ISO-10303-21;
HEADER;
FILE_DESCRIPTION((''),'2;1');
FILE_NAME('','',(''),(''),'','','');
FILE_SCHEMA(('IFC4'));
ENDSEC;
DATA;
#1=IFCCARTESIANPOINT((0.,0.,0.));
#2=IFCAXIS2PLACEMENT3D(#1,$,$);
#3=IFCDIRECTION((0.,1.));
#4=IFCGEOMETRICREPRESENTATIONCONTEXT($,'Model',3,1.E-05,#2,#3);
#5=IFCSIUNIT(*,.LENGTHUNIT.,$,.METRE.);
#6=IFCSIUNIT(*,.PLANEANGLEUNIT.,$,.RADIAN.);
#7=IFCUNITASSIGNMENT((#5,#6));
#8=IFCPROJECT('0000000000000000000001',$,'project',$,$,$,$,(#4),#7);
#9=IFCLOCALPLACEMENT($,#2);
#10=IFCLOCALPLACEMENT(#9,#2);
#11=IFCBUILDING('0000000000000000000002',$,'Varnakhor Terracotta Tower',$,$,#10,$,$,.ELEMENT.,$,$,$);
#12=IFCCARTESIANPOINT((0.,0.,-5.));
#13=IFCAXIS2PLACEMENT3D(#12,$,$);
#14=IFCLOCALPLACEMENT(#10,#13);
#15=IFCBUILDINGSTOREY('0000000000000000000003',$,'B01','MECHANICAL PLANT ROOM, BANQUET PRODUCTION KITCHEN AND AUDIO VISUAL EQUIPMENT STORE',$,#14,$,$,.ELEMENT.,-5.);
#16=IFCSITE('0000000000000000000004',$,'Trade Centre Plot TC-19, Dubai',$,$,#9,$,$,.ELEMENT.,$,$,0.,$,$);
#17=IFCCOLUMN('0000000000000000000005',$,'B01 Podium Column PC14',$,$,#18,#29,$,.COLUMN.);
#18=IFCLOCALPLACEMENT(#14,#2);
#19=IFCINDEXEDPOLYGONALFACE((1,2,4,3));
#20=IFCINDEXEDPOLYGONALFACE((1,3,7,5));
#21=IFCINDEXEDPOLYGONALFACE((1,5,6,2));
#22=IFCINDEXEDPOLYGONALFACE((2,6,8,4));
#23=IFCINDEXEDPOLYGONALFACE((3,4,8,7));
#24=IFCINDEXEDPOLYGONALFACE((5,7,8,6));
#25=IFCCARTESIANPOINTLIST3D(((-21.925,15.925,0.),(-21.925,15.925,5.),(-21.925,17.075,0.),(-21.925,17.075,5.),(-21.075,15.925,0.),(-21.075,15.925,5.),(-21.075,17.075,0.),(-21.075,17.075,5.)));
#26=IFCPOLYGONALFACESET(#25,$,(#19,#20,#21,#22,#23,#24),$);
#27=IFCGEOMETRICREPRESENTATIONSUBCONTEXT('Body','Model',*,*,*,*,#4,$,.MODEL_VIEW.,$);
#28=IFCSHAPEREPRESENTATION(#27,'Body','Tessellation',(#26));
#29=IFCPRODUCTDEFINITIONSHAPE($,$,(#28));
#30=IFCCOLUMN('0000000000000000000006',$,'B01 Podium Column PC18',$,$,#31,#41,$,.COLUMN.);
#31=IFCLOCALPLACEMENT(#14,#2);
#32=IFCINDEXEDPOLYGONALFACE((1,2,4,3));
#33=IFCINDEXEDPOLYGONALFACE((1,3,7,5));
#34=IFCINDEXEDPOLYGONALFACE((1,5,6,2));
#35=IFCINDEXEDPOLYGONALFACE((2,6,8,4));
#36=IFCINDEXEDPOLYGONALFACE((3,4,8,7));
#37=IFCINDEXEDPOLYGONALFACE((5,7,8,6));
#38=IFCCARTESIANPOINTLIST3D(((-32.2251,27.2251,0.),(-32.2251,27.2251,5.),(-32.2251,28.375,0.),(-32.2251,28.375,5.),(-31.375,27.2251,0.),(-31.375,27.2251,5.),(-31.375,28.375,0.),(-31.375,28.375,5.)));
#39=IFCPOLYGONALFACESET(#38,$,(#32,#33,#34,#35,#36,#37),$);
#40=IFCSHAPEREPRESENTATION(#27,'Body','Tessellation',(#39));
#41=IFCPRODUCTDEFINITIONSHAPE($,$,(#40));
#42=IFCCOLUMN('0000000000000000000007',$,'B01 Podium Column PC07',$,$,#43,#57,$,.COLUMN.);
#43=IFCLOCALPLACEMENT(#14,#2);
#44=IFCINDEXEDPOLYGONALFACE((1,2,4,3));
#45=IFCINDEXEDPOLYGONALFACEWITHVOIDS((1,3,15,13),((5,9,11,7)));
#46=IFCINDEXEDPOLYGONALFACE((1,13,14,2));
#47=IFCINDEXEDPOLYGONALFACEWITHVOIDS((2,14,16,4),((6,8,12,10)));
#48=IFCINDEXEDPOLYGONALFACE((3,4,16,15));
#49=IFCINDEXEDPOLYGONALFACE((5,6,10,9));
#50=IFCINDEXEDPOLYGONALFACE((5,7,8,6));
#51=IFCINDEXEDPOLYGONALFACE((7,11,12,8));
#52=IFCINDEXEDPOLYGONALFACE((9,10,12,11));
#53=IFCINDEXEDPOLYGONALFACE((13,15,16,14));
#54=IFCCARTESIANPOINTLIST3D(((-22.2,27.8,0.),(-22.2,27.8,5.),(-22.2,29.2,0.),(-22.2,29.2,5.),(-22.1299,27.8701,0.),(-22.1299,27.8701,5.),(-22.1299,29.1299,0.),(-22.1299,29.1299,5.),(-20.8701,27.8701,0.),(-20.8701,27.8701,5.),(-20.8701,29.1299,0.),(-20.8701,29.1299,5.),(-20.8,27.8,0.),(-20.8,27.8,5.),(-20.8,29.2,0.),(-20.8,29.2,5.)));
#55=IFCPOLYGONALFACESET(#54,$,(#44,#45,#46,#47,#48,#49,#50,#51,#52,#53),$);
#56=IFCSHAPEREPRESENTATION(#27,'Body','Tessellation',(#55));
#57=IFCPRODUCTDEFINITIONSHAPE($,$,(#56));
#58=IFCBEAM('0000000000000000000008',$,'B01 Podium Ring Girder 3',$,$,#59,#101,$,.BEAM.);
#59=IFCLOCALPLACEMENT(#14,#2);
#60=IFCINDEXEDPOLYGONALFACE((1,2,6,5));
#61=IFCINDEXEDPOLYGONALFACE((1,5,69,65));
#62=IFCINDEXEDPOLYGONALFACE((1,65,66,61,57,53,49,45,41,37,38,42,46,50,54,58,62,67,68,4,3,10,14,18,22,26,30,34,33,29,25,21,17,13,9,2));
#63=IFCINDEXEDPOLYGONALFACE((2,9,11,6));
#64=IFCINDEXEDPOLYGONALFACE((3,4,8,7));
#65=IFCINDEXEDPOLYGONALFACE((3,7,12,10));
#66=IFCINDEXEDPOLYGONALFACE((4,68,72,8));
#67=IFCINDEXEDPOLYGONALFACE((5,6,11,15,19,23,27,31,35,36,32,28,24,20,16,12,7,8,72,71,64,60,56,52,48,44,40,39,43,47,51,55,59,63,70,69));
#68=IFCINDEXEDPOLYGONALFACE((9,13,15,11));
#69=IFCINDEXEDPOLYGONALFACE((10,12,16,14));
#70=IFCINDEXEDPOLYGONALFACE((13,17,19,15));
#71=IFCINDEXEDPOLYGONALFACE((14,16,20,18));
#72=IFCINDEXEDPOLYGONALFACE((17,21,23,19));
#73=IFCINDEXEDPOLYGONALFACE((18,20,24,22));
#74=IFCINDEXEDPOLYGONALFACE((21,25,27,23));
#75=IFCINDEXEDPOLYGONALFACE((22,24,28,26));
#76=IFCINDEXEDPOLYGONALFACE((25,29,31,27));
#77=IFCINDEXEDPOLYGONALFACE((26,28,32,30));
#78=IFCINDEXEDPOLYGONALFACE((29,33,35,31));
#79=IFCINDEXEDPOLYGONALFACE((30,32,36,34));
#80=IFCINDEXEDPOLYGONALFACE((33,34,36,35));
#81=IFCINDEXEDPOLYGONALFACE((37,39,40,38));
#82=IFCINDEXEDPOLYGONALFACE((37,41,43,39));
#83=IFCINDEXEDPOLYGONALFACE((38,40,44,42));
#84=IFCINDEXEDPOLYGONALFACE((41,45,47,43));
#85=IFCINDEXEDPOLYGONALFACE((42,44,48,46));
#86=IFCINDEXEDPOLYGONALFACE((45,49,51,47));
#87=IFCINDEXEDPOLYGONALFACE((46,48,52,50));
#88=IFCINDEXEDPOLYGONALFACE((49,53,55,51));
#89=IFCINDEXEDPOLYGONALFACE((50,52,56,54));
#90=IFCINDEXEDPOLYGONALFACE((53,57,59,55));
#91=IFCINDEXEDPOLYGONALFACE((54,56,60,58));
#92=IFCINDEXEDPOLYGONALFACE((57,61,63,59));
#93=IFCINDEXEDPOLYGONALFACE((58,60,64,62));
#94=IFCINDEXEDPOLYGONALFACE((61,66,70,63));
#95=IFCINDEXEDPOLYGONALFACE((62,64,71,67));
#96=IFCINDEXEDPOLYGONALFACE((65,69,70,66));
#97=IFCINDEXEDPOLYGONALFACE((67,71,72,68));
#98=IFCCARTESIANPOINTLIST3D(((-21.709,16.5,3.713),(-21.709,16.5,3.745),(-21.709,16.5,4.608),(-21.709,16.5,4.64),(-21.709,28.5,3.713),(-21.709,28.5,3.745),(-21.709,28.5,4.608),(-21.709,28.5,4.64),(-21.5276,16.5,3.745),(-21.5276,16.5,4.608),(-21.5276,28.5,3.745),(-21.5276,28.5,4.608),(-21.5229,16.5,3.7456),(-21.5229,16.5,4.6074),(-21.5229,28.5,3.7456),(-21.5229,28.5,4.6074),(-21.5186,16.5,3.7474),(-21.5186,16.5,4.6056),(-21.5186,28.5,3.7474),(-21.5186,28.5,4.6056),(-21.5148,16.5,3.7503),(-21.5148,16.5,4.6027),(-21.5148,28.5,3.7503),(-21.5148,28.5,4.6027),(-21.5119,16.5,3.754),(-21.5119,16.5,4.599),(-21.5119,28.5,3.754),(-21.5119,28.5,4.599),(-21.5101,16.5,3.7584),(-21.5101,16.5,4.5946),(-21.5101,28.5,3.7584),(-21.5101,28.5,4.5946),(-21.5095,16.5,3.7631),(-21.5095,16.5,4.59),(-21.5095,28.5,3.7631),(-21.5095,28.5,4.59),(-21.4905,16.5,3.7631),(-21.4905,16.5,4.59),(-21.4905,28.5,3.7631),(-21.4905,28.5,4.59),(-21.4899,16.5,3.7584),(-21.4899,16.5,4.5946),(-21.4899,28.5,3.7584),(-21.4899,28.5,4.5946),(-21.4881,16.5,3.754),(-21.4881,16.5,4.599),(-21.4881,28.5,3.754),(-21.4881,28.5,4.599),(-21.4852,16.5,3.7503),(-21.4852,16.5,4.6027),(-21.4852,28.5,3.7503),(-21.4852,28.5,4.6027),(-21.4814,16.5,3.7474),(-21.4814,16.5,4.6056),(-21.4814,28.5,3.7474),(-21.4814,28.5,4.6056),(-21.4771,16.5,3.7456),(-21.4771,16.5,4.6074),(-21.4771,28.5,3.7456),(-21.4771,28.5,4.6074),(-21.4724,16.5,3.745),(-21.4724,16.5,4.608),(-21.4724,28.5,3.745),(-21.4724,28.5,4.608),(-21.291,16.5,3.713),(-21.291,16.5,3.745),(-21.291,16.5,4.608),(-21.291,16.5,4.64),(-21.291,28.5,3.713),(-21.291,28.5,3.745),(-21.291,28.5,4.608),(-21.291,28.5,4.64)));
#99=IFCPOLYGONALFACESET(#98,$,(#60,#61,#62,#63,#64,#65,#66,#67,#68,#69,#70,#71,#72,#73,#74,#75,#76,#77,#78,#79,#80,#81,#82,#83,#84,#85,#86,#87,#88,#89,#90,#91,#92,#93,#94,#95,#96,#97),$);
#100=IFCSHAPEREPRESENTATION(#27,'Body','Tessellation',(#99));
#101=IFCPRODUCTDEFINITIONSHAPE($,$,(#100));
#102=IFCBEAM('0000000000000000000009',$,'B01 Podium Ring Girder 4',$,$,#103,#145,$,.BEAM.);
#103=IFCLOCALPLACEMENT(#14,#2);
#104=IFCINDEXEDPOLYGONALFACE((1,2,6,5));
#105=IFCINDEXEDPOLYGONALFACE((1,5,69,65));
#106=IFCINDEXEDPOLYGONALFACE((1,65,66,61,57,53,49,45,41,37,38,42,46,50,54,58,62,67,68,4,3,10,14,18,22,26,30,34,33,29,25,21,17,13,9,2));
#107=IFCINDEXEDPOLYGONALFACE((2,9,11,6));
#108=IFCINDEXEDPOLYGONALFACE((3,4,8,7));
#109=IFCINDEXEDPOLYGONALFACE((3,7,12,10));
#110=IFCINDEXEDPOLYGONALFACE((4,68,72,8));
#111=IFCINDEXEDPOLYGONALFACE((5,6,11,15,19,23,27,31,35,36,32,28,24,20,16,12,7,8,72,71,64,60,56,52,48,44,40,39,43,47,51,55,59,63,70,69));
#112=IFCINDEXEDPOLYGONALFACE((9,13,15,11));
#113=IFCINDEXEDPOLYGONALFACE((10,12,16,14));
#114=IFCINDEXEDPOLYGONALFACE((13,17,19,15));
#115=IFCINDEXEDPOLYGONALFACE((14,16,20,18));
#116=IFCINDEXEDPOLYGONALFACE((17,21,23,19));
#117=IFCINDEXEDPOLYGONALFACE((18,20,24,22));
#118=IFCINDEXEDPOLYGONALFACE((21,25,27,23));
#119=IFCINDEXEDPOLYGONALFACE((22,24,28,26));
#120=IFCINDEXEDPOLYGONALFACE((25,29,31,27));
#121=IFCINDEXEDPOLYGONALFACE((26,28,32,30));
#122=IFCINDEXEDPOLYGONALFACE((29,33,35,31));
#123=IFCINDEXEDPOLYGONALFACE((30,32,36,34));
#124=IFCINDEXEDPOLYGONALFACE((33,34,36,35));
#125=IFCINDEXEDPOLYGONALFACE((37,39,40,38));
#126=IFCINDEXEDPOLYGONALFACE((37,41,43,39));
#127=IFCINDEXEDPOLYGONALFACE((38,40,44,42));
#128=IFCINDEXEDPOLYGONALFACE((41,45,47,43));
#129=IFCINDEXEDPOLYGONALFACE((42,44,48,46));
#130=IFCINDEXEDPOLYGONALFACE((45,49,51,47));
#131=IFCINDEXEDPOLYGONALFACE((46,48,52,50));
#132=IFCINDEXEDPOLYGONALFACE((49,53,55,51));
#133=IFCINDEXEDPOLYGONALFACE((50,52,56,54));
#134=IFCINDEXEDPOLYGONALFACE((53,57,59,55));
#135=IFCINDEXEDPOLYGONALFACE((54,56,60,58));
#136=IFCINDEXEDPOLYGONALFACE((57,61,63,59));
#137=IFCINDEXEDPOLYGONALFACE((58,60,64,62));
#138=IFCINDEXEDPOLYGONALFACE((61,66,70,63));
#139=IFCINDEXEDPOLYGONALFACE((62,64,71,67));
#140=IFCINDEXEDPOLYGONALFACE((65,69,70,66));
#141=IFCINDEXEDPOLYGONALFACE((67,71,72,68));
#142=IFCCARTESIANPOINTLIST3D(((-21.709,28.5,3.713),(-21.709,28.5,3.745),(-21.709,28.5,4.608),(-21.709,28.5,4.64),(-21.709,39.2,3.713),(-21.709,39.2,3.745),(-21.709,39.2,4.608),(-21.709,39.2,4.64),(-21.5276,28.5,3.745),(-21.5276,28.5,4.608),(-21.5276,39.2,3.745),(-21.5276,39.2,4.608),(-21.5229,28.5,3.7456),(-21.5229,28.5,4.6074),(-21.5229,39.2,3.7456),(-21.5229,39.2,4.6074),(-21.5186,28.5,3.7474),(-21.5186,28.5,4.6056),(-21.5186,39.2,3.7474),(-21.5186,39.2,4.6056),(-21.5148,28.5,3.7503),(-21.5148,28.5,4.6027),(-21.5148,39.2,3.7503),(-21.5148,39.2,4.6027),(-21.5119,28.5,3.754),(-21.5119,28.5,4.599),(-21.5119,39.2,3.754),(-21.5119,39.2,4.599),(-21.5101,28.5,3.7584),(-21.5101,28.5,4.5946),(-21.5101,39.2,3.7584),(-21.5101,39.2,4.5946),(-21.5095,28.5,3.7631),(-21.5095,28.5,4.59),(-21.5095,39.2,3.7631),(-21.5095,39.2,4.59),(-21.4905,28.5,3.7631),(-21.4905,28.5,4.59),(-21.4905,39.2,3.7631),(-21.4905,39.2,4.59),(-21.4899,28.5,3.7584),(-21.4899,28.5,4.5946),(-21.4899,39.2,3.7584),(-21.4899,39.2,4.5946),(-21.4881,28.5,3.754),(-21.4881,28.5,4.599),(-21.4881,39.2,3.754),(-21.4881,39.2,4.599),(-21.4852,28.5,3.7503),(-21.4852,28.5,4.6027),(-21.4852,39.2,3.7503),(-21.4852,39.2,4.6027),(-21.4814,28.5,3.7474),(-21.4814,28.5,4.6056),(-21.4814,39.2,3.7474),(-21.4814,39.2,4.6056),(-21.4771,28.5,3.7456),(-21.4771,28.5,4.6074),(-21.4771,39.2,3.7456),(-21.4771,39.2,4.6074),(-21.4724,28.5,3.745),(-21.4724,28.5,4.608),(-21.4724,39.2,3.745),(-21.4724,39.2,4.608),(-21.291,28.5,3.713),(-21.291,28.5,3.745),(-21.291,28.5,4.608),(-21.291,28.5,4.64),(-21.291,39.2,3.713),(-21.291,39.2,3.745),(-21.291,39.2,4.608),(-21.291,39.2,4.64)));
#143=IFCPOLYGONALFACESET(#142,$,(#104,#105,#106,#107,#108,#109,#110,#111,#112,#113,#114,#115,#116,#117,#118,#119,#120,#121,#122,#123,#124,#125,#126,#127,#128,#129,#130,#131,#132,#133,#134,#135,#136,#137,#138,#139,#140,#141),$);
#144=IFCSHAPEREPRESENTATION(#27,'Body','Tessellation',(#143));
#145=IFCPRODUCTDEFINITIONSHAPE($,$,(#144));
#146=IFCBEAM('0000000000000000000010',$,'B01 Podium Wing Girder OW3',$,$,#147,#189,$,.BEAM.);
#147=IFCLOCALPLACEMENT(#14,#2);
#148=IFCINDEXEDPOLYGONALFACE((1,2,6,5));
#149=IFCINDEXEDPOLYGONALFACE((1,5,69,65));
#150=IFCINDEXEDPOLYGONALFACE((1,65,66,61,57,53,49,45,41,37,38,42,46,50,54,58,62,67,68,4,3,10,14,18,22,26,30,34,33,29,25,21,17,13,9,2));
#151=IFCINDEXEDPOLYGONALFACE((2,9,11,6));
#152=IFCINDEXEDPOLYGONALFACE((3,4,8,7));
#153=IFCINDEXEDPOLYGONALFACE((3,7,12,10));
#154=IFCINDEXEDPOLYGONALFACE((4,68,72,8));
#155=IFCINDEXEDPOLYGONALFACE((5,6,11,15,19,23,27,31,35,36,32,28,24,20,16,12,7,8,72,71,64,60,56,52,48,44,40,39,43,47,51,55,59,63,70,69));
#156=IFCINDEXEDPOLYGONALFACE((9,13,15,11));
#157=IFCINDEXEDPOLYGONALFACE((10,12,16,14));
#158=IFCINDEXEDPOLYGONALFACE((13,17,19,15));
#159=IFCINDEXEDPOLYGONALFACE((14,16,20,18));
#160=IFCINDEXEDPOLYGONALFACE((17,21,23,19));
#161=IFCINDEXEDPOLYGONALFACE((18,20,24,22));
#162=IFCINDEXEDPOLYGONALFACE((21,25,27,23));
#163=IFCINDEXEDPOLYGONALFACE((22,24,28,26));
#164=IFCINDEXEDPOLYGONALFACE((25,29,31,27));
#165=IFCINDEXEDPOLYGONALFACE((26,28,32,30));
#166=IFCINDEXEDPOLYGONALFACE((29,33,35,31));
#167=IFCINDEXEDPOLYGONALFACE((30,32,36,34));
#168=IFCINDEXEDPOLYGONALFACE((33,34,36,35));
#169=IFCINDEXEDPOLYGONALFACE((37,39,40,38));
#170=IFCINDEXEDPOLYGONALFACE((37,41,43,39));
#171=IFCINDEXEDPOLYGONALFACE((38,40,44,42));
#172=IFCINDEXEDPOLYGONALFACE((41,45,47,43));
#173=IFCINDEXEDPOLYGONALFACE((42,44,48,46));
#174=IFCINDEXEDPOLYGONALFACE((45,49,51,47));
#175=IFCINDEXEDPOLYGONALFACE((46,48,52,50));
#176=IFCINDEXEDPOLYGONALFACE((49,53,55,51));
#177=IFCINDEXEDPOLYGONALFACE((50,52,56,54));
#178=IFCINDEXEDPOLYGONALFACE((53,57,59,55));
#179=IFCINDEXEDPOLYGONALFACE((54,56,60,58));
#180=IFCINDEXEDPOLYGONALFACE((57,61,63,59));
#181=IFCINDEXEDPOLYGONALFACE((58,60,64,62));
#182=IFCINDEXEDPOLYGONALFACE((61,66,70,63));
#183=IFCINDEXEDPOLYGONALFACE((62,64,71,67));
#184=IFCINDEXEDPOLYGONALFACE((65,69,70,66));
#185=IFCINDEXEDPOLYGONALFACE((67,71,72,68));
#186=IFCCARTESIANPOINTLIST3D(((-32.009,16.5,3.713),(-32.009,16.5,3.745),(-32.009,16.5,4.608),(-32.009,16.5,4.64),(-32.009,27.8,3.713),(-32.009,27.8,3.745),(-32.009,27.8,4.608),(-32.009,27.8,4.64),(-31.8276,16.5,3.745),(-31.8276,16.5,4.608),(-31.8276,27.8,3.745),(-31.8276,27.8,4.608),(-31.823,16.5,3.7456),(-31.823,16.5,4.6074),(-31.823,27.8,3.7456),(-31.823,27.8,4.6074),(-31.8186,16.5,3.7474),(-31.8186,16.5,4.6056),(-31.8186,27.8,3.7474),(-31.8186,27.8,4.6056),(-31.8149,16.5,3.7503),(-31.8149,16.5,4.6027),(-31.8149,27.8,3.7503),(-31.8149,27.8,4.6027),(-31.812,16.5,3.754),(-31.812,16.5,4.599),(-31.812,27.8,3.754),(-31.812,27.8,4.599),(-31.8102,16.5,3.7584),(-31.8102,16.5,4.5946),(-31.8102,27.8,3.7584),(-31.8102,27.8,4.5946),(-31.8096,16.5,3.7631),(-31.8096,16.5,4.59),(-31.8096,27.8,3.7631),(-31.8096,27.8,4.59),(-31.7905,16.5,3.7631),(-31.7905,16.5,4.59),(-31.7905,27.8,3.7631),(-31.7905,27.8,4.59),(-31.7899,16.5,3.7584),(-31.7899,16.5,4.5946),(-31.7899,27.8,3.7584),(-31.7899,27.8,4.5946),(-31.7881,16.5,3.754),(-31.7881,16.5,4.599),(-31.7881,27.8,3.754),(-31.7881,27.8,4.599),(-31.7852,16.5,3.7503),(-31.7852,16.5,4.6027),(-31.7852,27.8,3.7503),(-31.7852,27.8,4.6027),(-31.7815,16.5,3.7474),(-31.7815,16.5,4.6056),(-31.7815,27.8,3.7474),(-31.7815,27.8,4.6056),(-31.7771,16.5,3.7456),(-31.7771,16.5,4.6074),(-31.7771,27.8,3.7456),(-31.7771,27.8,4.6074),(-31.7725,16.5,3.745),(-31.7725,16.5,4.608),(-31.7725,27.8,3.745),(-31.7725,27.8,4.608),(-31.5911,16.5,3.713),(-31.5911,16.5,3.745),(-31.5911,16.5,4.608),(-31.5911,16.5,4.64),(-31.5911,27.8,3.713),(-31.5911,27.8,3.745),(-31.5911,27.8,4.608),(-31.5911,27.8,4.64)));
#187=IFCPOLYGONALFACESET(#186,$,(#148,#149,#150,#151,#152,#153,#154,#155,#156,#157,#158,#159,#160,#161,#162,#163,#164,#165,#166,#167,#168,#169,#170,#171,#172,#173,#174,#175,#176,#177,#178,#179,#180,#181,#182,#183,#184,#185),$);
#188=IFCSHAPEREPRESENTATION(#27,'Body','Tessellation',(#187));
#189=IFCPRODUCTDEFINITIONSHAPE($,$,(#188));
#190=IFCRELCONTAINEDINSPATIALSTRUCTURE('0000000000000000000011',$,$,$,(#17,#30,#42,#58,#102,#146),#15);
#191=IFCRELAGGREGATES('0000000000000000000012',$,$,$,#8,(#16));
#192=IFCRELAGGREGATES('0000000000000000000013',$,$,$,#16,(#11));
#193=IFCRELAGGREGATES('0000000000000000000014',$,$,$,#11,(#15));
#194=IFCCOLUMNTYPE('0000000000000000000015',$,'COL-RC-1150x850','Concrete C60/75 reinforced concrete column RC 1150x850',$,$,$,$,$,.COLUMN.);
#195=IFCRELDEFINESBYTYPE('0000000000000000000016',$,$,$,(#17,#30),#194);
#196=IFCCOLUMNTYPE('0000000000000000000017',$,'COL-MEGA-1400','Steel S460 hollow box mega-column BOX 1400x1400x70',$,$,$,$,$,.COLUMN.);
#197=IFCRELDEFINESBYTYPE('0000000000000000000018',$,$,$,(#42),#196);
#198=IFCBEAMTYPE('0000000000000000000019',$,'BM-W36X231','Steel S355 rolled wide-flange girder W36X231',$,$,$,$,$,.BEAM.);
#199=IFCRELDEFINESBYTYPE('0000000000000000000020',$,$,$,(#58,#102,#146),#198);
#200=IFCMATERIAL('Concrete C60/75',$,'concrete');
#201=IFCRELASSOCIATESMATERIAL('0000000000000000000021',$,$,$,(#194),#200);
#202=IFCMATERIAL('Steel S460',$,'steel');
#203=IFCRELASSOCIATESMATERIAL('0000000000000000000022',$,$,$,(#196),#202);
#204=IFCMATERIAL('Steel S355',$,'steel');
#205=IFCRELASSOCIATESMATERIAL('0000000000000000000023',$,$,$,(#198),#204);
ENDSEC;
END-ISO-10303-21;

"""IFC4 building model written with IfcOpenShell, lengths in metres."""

from ifc_helpers import new_model, si_unit, direction, frame, origin, origin_2d, place, context, subcontext, project, spatial, rectangle, hollow_rectangle, i_section, extrude, source, transform, mapped, material, material_profile, profile_set, type_object, type_shapes, element, save


model = new_model("IFC4")

# Units and contexts
model_context = context("Model", 3, precision=1e-05, world=origin(), true_north=direction((0.0, 1.0)))
body_context = subcontext(model_context, "Body", "Model", "MODEL_VIEW")
ifc_project = project(units=[si_unit("LENGTHUNIT", "METRE"), si_unit("PLANEANGLEUNIT", "RADIAN")], contexts=[model_context])

# Site, building, storey
site_placement = place(None, origin())
site = spatial("IfcSite", under=ifc_project, at=site_placement, Name="Trade Centre Plot TC-19, Dubai", CompositionType="ELEMENT", RefElevation=0.0)
building_placement = place(site_placement, origin())
building = spatial("IfcBuilding", under=site, at=building_placement, Name="Varnakhor Terracotta Tower", CompositionType="ELEMENT")
storey_placement = place(building_placement, frame((0.0, 0.0, -5.0)))
storey = spatial("IfcBuildingStorey", under=building, at=storey_placement, Name="B01", Description="MECHANICAL PLANT ROOM, BANQUET PRODUCTION KITCHEN AND AUDIO VISUAL EQUIPMENT STORE", CompositionType="ELEMENT", Elevation=-5.0)

# Columns
ifc_material_1 = material(Name="Concrete C60/75", Category="concrete")
ifc_material_profile_1 = material_profile(ifc_material_1, rectangle(XDim=0.8501, YDim=1.1499, at=origin_2d()), Name="RC 1150x850")
ifc_profile_set_1 = profile_set([ifc_material_profile_1], Name="Concrete C60/75")
column_type_1 = type_object("IfcColumnType", Name="COL-RC-1150x850", Description="Concrete C60/75 reinforced concrete column RC 1150x850", PredefinedType="COLUMN", material=ifc_profile_set_1)
shared_shape_1 = source(origin(), body_context, "Body", "SweptSolid", [
    extrude(rectangle(XDim=0.8501, YDim=1.1499, at=origin_2d()), origin(), (0.0, 0.0, 1.0), 5.0),
])
type_shapes(column_type_1, [shared_shape_1])
for number, where, z_axis, x_axis, name in (
    (1, (-21.5, 16.5, 0.0), (0.0, 0.0, 1.0), (1.0, 0.0, 0.0), "B01 Podium Column PC14"),
    (2, (-31.8, 27.8, 0.0), (0.0, 0.0, 1.0), (1.0, 0.0, 0.0), "B01 Podium Column PC18"),
):
    element("IfcColumn", number, at=place(storey_placement, frame(where, z_axis=z_axis, x_axis=x_axis)), inside=storey, type_object=column_type_1, Name=name, PredefinedType="COLUMN", context=body_context, shape_type="MappedRepresentation", body=[
        mapped(shared_shape_1, transform((0.0, 0.0, 0.0), scale=1.0)),
    ])
ifc_material_2 = material(Name="Steel S460", Category="steel")
ifc_material_profile_2 = material_profile(ifc_material_2, hollow_rectangle(XDim=1.3999, YDim=1.3999, WallThickness=0.0701, at=origin_2d()), Name="BOX 1400x1400x70")
ifc_profile_set_2 = profile_set([ifc_material_profile_2], Name="Steel S460")
column_type_2 = type_object("IfcColumnType", Name="COL-MEGA-1400", Description="Steel S460 hollow box mega-column BOX 1400x1400x70", PredefinedType="COLUMN", material=ifc_profile_set_2)
shared_shape_2 = source(origin(), body_context, "Body", "SweptSolid", [
    extrude(hollow_rectangle(XDim=1.3999, YDim=1.3999, WallThickness=0.0701, at=origin_2d()), origin(), (0.0, 0.0, 1.0), 5.0),
])
type_shapes(column_type_2, [shared_shape_2])
column_placement = place(storey_placement, frame((-21.5, 28.5, 0.0), z_axis=(0.0, 0.0, 1.0), x_axis=(1.0, 0.0, 0.0)))
element("IfcColumn", 3, at=column_placement, inside=storey, type_object=column_type_2, Name="B01 Podium Column PC07", PredefinedType="COLUMN", context=body_context, shape_type="MappedRepresentation", body=[
    mapped(shared_shape_2, transform((0.0, 0.0, 0.0), scale=1.0)),
])

# Beams
ifc_material_3 = material(Name="Steel S355", Category="steel")
ifc_material_profile_3 = material_profile(ifc_material_3, i_section(OverallWidth=0.418, OverallDepth=0.927, WebThickness=0.019, FlangeThickness=0.032, FilletRadius=0.0181, at=origin_2d()), Name="W36X231")
ifc_profile_set_3 = profile_set([ifc_material_profile_3], Name="Steel S355")
beam_type_1 = type_object("IfcBeamType", Name="BM-W36X231", Description="Steel S355 rolled wide-flange girder W36X231", PredefinedType="BEAM", material=ifc_profile_set_3)
shared_shape_3 = source(origin(), body_context, "Body", "SweptSolid", [
    extrude(i_section(OverallWidth=0.418, OverallDepth=0.927, WebThickness=0.019, FlangeThickness=0.032, FilletRadius=0.0181, at=origin_2d()), origin(), (0.0, 0.0, 1.0), 12.0),
])
beam_1_placement = place(storey_placement, frame((-21.5, 16.5, 4.1765), z_axis=(0.0, 1.0, 0.0), x_axis=(-1.0, 0.0, 0.0)))
element("IfcBeam", 4, at=beam_1_placement, inside=storey, type_object=beam_type_1, Name="B01 Podium Ring Girder 3", PredefinedType="BEAM", context=body_context, shape_type="MappedRepresentation", body=[
    mapped(shared_shape_3, transform((0.0, 0.0, 0.0), scale=1.0)),
])
shared_shape_4 = source(origin(), body_context, "Body", "SweptSolid", [
    extrude(i_section(OverallWidth=0.418, OverallDepth=0.927, WebThickness=0.019, FlangeThickness=0.032, FilletRadius=0.0181, at=origin_2d()), origin(), (0.0, 0.0, 1.0), 10.7),
])
beam_2_placement = place(storey_placement, frame((-21.5, 28.5, 4.1765), z_axis=(0.0, 1.0, 0.0), x_axis=(-1.0, 0.0, 0.0)))
element("IfcBeam", 5, at=beam_2_placement, inside=storey, type_object=beam_type_1, Name="B01 Podium Ring Girder 4", PredefinedType="BEAM", context=body_context, shape_type="MappedRepresentation", body=[
    mapped(shared_shape_4, transform((0.0, 0.0, 0.0), scale=1.0)),
])
shared_shape_5 = source(origin(), body_context, "Body", "SweptSolid", [
    extrude(i_section(OverallWidth=0.418, OverallDepth=0.927, WebThickness=0.019, FlangeThickness=0.032, FilletRadius=0.0181, at=origin_2d()), origin(), (0.0, 0.0, 1.0), 11.3),
])
beam_3_placement = place(storey_placement, frame((-31.8, 16.5, 4.1765), z_axis=(0.0, 1.0, 0.0), x_axis=(-1.0, 0.0, 0.0)))
element("IfcBeam", 6, at=beam_3_placement, inside=storey, type_object=beam_type_1, Name="B01 Podium Wing Girder OW3", PredefinedType="BEAM", context=body_context, shape_type="MappedRepresentation", body=[
    mapped(shared_shape_5, transform((0.0, 0.0, 0.0), scale=1.0)),
])

save(model, "model.ifc")
